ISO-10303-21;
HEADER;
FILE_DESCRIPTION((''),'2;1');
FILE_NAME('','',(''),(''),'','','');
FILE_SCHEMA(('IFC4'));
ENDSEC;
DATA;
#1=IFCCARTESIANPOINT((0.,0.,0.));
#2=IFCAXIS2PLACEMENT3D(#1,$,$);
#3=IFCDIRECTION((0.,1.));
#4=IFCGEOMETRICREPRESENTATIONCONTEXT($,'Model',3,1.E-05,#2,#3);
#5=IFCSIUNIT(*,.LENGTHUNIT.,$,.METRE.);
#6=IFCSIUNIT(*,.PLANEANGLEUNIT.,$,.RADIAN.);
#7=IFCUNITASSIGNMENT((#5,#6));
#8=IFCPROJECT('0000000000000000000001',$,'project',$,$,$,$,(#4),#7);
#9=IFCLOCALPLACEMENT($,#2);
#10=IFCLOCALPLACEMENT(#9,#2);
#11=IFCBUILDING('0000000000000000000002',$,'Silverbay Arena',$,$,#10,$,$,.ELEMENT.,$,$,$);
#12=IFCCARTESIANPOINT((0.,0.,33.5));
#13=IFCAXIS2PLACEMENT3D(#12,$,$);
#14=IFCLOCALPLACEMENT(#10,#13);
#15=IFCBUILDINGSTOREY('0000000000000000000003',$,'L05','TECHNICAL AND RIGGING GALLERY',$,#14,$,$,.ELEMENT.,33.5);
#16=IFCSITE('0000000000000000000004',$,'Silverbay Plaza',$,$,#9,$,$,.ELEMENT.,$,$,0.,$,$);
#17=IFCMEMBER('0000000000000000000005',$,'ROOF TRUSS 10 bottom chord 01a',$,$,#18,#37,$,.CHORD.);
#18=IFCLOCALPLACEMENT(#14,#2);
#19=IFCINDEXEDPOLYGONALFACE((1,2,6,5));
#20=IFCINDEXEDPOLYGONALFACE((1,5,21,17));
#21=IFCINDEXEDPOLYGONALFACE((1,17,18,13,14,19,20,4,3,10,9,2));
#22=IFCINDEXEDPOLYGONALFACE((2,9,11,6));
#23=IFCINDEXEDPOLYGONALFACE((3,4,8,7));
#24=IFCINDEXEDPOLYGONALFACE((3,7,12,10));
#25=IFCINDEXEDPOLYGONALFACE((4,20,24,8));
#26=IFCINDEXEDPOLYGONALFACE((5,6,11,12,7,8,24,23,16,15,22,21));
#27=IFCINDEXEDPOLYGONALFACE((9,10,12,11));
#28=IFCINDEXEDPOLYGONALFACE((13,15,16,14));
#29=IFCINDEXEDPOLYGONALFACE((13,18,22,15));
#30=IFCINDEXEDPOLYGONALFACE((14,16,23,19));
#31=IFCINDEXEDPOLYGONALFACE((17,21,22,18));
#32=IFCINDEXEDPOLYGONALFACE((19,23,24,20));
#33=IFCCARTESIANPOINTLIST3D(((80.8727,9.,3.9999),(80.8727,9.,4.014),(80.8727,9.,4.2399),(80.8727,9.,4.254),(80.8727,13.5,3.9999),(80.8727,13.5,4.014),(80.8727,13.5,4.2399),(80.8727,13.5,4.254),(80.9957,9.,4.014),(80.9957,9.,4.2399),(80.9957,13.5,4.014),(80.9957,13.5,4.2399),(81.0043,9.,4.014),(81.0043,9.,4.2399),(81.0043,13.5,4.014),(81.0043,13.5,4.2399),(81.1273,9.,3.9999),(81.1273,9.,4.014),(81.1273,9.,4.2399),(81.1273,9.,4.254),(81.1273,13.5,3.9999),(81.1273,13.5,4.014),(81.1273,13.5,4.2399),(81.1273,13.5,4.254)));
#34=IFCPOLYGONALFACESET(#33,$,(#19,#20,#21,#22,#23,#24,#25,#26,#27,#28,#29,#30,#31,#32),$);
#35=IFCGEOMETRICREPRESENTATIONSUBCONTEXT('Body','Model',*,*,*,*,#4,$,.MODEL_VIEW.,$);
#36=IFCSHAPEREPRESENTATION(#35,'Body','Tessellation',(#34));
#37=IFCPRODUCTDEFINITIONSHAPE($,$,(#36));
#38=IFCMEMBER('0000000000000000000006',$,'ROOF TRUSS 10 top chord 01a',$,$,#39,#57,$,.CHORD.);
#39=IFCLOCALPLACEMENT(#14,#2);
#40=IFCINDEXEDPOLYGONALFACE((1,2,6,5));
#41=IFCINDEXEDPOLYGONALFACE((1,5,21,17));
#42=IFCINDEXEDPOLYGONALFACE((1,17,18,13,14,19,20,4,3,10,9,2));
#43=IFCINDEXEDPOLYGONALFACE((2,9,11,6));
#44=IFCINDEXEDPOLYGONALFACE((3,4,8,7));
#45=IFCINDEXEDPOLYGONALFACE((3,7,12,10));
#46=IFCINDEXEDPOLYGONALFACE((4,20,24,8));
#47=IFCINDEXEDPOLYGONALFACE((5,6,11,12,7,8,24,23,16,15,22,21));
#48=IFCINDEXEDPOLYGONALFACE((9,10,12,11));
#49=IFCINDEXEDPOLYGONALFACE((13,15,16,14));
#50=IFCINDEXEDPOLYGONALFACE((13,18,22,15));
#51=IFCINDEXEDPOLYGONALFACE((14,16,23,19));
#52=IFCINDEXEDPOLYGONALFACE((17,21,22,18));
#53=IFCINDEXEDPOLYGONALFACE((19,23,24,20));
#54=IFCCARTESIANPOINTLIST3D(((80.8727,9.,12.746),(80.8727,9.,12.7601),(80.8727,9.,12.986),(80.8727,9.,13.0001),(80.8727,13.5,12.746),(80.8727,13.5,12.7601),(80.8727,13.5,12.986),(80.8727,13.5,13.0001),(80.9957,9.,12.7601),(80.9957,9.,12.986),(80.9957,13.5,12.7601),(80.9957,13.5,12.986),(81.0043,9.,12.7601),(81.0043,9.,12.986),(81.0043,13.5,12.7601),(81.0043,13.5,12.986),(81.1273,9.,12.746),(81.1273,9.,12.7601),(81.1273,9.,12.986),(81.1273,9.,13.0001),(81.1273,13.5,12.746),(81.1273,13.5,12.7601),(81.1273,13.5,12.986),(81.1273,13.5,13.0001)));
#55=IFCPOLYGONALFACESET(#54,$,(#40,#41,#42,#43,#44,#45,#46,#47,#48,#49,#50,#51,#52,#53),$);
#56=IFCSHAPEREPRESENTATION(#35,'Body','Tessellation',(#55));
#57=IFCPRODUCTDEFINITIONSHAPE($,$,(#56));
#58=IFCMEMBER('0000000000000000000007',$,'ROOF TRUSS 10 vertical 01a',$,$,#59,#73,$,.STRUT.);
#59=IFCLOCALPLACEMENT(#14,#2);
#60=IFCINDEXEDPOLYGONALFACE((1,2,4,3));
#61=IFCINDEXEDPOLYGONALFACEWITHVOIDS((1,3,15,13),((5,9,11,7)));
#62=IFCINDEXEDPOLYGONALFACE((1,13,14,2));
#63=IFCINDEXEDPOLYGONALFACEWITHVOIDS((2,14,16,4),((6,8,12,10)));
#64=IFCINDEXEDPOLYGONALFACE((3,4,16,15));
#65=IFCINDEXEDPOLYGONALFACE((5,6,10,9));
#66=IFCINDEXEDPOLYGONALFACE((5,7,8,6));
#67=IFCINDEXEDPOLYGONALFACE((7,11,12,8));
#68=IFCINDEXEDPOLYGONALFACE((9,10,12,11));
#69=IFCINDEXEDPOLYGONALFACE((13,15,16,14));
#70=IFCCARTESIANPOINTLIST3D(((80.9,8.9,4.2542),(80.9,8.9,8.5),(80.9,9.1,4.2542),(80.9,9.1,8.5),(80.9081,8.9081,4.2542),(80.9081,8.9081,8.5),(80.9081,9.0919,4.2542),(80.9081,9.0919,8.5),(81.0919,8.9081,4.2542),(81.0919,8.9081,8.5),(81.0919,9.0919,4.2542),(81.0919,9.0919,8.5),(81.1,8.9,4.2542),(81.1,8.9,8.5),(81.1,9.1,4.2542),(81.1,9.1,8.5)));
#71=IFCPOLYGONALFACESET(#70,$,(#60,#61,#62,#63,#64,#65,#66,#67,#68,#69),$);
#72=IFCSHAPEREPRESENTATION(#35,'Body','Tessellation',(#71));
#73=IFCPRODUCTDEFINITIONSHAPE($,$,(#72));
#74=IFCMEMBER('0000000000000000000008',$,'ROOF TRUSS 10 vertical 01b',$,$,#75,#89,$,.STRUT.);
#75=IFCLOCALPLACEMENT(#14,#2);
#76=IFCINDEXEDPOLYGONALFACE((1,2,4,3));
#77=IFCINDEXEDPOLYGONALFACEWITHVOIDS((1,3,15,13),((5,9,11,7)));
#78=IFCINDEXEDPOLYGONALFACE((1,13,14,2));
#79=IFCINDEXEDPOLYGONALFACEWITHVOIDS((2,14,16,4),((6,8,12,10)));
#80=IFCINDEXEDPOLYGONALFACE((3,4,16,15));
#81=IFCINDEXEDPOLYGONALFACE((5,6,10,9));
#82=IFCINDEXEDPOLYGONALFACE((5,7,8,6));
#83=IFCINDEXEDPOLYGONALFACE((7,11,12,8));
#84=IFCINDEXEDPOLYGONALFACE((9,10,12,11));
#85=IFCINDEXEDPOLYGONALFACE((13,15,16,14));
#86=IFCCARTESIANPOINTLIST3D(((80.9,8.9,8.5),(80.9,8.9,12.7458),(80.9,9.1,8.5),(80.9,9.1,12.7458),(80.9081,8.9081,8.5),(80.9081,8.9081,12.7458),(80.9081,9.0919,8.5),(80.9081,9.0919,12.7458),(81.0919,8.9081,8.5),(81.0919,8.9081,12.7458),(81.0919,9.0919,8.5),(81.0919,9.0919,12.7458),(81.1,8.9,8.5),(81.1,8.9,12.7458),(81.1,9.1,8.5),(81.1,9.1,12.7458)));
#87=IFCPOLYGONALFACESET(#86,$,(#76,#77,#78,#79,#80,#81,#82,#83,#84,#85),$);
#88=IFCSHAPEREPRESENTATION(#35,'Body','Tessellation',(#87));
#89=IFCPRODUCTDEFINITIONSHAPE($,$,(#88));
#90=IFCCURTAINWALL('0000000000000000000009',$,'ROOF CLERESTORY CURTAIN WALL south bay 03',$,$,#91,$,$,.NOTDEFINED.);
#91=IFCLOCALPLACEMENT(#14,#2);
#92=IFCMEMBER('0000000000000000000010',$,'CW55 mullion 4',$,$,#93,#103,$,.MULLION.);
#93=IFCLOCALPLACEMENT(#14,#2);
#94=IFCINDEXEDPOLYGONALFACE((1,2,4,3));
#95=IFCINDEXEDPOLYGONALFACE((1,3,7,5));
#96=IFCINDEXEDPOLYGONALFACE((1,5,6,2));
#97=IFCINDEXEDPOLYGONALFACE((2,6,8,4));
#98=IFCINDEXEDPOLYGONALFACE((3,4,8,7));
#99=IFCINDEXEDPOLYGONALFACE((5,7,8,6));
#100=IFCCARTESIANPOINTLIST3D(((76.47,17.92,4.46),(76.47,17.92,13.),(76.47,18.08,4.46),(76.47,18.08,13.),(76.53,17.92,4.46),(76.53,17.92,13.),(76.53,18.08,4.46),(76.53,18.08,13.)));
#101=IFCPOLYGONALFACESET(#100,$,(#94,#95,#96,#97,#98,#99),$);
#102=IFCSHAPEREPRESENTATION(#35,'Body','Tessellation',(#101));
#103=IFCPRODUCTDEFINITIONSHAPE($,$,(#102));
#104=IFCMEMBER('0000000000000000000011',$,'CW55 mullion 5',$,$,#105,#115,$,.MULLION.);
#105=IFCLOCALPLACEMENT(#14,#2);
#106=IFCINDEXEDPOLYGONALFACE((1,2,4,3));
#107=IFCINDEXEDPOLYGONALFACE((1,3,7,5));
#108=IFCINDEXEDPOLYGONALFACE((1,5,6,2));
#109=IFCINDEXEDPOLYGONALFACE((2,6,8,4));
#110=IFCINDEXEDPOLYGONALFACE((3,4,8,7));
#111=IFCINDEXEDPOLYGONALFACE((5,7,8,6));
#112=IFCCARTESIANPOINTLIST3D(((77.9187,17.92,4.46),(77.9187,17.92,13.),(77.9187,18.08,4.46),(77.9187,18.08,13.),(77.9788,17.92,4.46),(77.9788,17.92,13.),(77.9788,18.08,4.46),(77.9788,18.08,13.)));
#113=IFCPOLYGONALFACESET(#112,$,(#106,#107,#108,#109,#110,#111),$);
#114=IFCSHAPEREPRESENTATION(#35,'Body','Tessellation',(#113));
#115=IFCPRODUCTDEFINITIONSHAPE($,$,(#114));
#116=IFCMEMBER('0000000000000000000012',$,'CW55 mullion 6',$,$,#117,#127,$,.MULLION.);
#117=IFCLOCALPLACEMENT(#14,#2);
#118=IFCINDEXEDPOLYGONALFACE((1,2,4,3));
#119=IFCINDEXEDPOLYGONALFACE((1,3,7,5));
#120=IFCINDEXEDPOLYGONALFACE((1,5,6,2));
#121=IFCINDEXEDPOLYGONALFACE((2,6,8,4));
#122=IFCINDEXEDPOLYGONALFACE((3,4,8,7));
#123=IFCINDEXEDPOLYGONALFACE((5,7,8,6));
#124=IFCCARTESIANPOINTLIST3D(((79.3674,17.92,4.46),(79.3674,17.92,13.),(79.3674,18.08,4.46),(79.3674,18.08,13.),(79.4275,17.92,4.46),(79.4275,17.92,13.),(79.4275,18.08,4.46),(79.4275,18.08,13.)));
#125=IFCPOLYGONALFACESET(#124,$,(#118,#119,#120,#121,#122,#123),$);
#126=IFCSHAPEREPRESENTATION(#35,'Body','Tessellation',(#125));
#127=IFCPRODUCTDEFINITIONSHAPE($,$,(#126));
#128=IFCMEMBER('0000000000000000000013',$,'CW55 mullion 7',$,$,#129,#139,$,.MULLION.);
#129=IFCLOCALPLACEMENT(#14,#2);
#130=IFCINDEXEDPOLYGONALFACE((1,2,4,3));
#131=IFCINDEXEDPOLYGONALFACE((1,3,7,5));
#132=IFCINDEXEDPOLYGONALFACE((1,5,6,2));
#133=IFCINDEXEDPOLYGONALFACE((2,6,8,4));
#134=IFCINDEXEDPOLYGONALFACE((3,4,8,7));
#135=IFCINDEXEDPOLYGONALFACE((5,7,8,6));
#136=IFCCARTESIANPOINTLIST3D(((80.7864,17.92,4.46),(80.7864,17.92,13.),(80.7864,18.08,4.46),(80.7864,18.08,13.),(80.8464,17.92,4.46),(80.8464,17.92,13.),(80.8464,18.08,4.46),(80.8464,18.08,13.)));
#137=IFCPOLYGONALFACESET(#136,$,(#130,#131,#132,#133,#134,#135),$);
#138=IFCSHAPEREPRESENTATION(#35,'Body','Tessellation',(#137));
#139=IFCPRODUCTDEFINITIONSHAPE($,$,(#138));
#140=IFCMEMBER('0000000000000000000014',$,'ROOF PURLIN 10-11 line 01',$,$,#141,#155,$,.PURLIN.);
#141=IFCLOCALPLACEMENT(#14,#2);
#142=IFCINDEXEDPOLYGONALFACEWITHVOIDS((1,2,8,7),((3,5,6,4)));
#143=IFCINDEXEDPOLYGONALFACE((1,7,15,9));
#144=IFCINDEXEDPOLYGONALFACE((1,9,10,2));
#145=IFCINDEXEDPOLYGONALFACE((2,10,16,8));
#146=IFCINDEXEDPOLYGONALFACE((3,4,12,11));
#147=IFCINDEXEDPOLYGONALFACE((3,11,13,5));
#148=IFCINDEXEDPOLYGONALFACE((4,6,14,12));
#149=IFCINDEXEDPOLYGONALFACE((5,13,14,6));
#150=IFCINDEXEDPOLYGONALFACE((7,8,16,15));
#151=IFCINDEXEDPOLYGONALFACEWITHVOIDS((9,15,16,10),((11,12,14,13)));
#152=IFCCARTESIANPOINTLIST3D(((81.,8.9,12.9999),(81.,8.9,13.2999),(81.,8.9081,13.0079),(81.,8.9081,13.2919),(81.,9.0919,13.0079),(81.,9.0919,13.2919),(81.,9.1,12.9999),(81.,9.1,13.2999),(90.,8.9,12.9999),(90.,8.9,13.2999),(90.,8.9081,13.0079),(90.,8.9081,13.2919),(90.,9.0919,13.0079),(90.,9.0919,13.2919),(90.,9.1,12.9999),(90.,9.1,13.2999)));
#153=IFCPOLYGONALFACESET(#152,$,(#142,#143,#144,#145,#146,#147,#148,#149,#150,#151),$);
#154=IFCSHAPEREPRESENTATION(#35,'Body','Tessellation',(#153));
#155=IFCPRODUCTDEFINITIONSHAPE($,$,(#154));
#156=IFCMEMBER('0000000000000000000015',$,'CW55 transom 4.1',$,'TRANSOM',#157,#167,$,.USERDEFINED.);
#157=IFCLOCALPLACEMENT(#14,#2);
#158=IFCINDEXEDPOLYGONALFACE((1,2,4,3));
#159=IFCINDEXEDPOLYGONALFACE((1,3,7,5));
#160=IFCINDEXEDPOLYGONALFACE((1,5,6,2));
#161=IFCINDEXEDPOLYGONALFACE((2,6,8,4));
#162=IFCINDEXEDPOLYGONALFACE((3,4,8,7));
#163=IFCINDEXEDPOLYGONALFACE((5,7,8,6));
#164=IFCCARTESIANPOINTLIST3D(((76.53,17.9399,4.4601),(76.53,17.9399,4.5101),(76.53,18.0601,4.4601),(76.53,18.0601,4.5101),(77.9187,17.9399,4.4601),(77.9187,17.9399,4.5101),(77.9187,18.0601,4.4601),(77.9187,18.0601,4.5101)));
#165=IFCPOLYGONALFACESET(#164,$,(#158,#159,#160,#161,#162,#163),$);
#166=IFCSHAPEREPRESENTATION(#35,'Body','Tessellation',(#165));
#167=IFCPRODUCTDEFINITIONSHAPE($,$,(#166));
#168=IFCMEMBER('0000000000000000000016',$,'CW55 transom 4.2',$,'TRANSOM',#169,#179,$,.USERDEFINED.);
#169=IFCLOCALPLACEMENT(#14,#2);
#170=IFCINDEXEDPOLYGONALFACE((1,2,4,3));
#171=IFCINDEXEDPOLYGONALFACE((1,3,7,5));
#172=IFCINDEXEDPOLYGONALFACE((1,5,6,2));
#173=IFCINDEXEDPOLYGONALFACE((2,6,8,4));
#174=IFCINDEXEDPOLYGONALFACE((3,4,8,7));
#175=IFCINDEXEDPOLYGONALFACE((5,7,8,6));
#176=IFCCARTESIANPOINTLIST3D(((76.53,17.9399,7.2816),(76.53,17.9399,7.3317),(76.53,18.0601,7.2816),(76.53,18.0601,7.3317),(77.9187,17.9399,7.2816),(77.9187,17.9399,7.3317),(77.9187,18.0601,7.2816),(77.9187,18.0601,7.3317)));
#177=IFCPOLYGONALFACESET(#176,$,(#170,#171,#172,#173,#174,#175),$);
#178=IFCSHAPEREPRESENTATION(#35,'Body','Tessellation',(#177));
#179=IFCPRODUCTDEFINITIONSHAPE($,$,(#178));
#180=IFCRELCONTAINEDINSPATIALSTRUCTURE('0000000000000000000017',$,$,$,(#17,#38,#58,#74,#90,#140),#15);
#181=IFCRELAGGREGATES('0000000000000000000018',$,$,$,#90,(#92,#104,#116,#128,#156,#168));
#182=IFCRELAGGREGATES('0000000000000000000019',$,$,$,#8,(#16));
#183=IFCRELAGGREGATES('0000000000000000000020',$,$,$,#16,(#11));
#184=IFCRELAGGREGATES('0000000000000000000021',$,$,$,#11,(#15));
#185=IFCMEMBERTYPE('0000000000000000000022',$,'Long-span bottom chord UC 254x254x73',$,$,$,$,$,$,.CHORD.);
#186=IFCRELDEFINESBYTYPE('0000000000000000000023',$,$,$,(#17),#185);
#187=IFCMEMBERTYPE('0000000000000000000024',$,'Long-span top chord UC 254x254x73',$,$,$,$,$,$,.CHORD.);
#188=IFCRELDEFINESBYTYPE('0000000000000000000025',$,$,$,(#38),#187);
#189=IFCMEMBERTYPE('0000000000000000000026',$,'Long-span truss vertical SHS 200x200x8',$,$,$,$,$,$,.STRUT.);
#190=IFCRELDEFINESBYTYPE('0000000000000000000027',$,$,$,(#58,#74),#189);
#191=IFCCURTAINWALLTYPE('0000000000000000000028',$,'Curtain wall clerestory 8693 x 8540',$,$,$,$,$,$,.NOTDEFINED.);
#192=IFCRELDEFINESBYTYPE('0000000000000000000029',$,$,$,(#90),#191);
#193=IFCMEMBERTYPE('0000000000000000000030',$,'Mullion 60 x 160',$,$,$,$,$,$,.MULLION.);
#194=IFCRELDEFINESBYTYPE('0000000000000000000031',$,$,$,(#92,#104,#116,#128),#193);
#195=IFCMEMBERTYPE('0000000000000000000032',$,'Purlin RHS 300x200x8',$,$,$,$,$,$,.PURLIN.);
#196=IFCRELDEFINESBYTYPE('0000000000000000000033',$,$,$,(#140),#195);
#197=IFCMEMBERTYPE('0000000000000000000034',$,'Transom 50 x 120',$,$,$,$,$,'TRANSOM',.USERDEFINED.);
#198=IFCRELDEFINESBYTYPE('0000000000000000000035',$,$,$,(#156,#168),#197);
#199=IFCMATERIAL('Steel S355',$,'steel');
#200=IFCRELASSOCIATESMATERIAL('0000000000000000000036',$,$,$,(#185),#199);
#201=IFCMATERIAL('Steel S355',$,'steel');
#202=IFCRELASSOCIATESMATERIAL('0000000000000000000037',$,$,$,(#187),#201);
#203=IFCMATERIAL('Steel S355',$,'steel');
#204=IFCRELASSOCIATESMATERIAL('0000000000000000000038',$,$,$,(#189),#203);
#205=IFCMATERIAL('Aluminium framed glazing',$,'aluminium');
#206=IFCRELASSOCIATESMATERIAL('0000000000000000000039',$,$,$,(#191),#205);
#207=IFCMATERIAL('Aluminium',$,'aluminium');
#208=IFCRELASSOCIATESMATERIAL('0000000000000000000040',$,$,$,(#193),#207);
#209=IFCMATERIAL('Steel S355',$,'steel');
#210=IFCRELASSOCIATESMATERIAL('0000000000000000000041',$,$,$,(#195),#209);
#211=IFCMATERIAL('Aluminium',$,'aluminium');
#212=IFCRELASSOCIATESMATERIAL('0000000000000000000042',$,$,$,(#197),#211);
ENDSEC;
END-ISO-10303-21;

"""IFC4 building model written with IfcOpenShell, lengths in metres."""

from ifc_helpers import new_model, si_unit, direction, frame, origin, origin_2d, place, context, subcontext, project, spatial, rectangle, hollow_rectangle, i_section, extrude, material, material_profile, profile_set, type_object, element, aggregate, save


model = new_model("IFC4")

# Units and contexts
model_context = context("Model", 3, precision=1e-05, world=origin(), true_north=direction((0.0, 1.0)))
body_context = subcontext(model_context, "Body", "Model", "MODEL_VIEW")
ifc_project = project(units=[si_unit("LENGTHUNIT", "METRE"), si_unit("PLANEANGLEUNIT", "RADIAN")], contexts=[model_context])

# Site, building, storey
site_placement = place(None, origin())
site = spatial("IfcSite", under=ifc_project, at=site_placement, Name="Silverbay Plaza", CompositionType="ELEMENT", RefElevation=0.0)
building_placement = place(site_placement, origin())
building = spatial("IfcBuilding", under=site, at=building_placement, Name="Silverbay Arena", CompositionType="ELEMENT")
storey_placement = place(building_placement, frame((0.0, 0.0, 33.5)))
storey = spatial("IfcBuildingStorey", under=building, at=storey_placement, Name="L05", Description="TECHNICAL AND RIGGING GALLERY", CompositionType="ELEMENT", Elevation=33.5)

# Members
ifc_material_1 = material(Name="Steel S355", Category="steel")
ifc_material_profile_1 = material_profile(ifc_material_1, i_section(OverallWidth=0.2546, OverallDepth=0.2542, WebThickness=0.0085, FlangeThickness=0.0142, at=origin_2d()), Name="UC 254x254x73")
ifc_profile_set_1 = profile_set([ifc_material_profile_1], Name="Steel S355")
member_type_1 = type_object("IfcMemberType", Name="Long-span bottom chord UC 254x254x73", PredefinedType="CHORD", material=ifc_profile_set_1)
member_1_placement = place(storey_placement, frame((81.0, 9.0, 4.127), z_axis=(0.0, 1.0, 0.0), x_axis=(-1.0, 0.0, 0.0)))
element("IfcMember", 1, at=member_1_placement, inside=storey, type_object=member_type_1, Name="ROOF TRUSS 10 bottom chord 01a", PredefinedType="CHORD", context=body_context, shape_type="SweptSolid", body=[
    extrude(i_section(OverallWidth=0.2546, OverallDepth=0.2542, WebThickness=0.0085, FlangeThickness=0.0142, at=origin_2d()), origin(), (0.0, 0.0, 1.0), 4.5),
])
ifc_material_2 = material(Name="Steel S355", Category="steel")
ifc_material_profile_2 = material_profile(ifc_material_2, i_section(OverallWidth=0.2546, OverallDepth=0.2542, WebThickness=0.0085, FlangeThickness=0.0142, at=origin_2d()), Name="UC 254x254x73")
ifc_profile_set_2 = profile_set([ifc_material_profile_2], Name="Steel S355")
member_type_2 = type_object("IfcMemberType", Name="Long-span top chord UC 254x254x73", PredefinedType="CHORD", material=ifc_profile_set_2)
member_2_placement = place(storey_placement, frame((81.0, 9.0, 12.873), z_axis=(0.0, 1.0, 0.0), x_axis=(-1.0, 0.0, 0.0)))
element("IfcMember", 2, at=member_2_placement, inside=storey, type_object=member_type_2, Name="ROOF TRUSS 10 top chord 01a", PredefinedType="CHORD", context=body_context, shape_type="SweptSolid", body=[
    extrude(i_section(OverallWidth=0.2546, OverallDepth=0.2542, WebThickness=0.0085, FlangeThickness=0.0142, at=origin_2d()), origin(), (0.0, 0.0, 1.0), 4.5),
])
ifc_material_3 = material(Name="Steel S355", Category="steel")
ifc_material_profile_3 = material_profile(ifc_material_3, hollow_rectangle(XDim=0.2, YDim=0.2, WallThickness=0.0081, at=origin_2d()), Name="SHS 200x200x8")
ifc_profile_set_3 = profile_set([ifc_material_profile_3], Name="Steel S355")
member_type_3 = type_object("IfcMemberType", Name="Long-span truss vertical SHS 200x200x8", PredefinedType="STRUT", material=ifc_profile_set_3)
for number, where, z_axis, x_axis, name in (
    (3, (81.0, 9.0, 4.2542), (0.0, 0.0, 1.0), (1.0, 0.0, 0.0), "ROOF TRUSS 10 vertical 01a"),
    (4, (81.0, 9.0, 8.5), (0.0, 0.0, 1.0), (1.0, 0.0, 0.0), "ROOF TRUSS 10 vertical 01b"),
):
    element("IfcMember", number, at=place(storey_placement, frame(where, z_axis=z_axis, x_axis=x_axis)), inside=storey, type_object=member_type_3, Name=name, PredefinedType="STRUT", context=body_context, shape_type="SweptSolid", body=[
        extrude(hollow_rectangle(XDim=0.2, YDim=0.2, WallThickness=0.0081, at=origin_2d()), origin(), (0.0, 0.0, 1.0), 4.2458),
    ])

# Curtain wall, members
ifc_material_4 = material(Name="Aluminium framed glazing", Category="aluminium")
curtain_wall_type = type_object("IfcCurtainWallType", Name="Curtain wall clerestory 8693 x 8540", PredefinedType="NOTDEFINED", material=ifc_material_4)
curtain_wall_placement = place(storey_placement, origin())
curtain_wall = element("IfcCurtainWall", 5, at=curtain_wall_placement, inside=storey, type_object=curtain_wall_type, Name="ROOF CLERESTORY CURTAIN WALL south bay 03", PredefinedType="NOTDEFINED")
ifc_material_5 = material(Name="Aluminium", Category="aluminium")
ifc_material_profile_4 = material_profile(ifc_material_5, rectangle(XDim=0.1599, YDim=0.0601, at=origin_2d()), Name="Mullion 60 x 160")
ifc_profile_set_4 = profile_set([ifc_material_profile_4], Name="Aluminium")
member_type_4 = type_object("IfcMemberType", Name="Mullion 60 x 160", PredefinedType="MULLION", material=ifc_profile_set_4)
member_3_placement = place(storey_placement, frame((76.5, 18.0, 4.46), z_axis=(0.0, 0.0, 1.0), x_axis=(0.0, 1.0, 0.0)))
member_3 = element("IfcMember", 6, at=member_3_placement, type_object=member_type_4, Name="CW55 mullion 4", PredefinedType="MULLION", context=body_context, shape_type="SweptSolid", body=[
    extrude(rectangle(XDim=0.1599, YDim=0.0601, at=origin_2d()), origin(), (0.0, 0.0, 1.0), 8.54),
])
member_4_placement = place(storey_placement, frame((77.9487, 18.0, 4.46), z_axis=(0.0, 0.0, 1.0), x_axis=(0.0, 1.0, 0.0)))
member_4 = element("IfcMember", 7, at=member_4_placement, type_object=member_type_4, Name="CW55 mullion 5", PredefinedType="MULLION", context=body_context, shape_type="SweptSolid", body=[
    extrude(rectangle(XDim=0.1599, YDim=0.0601, at=origin_2d()), origin(), (0.0, 0.0, 1.0), 8.54),
])
member_5_placement = place(storey_placement, frame((79.3975, 18.0, 4.46), z_axis=(0.0, 0.0, 1.0), x_axis=(0.0, 1.0, 0.0)))
member_5 = element("IfcMember", 8, at=member_5_placement, type_object=member_type_4, Name="CW55 mullion 6", PredefinedType="MULLION", context=body_context, shape_type="SweptSolid", body=[
    extrude(rectangle(XDim=0.1599, YDim=0.0601, at=origin_2d()), origin(), (0.0, 0.0, 1.0), 8.54),
])
member_6_placement = place(storey_placement, frame((80.8164, 18.0, 4.46), z_axis=(0.0, 0.0, 1.0), x_axis=(0.0, 1.0, 0.0)))
member_6 = element("IfcMember", 9, at=member_6_placement, type_object=member_type_4, Name="CW55 mullion 7", PredefinedType="MULLION", context=body_context, shape_type="SweptSolid", body=[
    extrude(rectangle(XDim=0.1599, YDim=0.0601, at=origin_2d()), origin(), (0.0, 0.0, 1.0), 8.54),
])

# Members
ifc_material_6 = material(Name="Steel S355", Category="steel")
ifc_material_profile_5 = material_profile(ifc_material_6, hollow_rectangle(XDim=0.2, YDim=0.3, WallThickness=0.0081, at=origin_2d()), Name="RHS 300x200x8")
ifc_profile_set_5 = profile_set([ifc_material_profile_5], Name="Steel S355")
member_type_5 = type_object("IfcMemberType", Name="Purlin RHS 300x200x8", PredefinedType="PURLIN", material=ifc_profile_set_5)
member_7_placement = place(storey_placement, frame((81.0, 9.0, 13.1499), z_axis=(1.0, 0.0, 0.0), x_axis=(0.0, 1.0, 0.0)))
element("IfcMember", 10, at=member_7_placement, inside=storey, type_object=member_type_5, Name="ROOF PURLIN 10-11 line 01", PredefinedType="PURLIN", context=body_context, shape_type="SweptSolid", body=[
    extrude(hollow_rectangle(XDim=0.2, YDim=0.3, WallThickness=0.0081, at=origin_2d()), origin(), (0.0, 0.0, 1.0), 9.0),
])
ifc_material_7 = material(Name="Aluminium", Category="aluminium")
ifc_material_profile_6 = material_profile(ifc_material_7, rectangle(XDim=0.1201, YDim=0.05, at=origin_2d()), Name="Transom 50 x 120")
ifc_profile_set_6 = profile_set([ifc_material_profile_6], Name="Aluminium")
member_type_6 = type_object("IfcMemberType", Name="Transom 50 x 120", ElementType="TRANSOM", PredefinedType="USERDEFINED", material=ifc_profile_set_6)
member_8_placement = place(storey_placement, frame((76.53, 18.0, 4.4851), z_axis=(1.0, 0.0, 0.0), x_axis=(0.0, 1.0, 0.0)))
member_8 = element("IfcMember", 11, at=member_8_placement, type_object=member_type_6, Name="CW55 transom 4.1", ObjectType="TRANSOM", PredefinedType="USERDEFINED", context=body_context, shape_type="SweptSolid", body=[
    extrude(rectangle(XDim=0.1201, YDim=0.05, at=origin_2d()), origin(), (0.0, 0.0, 1.0), 1.3887),
])
member_9_placement = place(storey_placement, frame((76.53, 18.0, 7.3066), z_axis=(1.0, 0.0, 0.0), x_axis=(0.0, 1.0, 0.0)))
member_9 = element("IfcMember", 12, at=member_9_placement, type_object=member_type_6, Name="CW55 transom 4.2", ObjectType="TRANSOM", PredefinedType="USERDEFINED", context=body_context, shape_type="SweptSolid", body=[
    extrude(rectangle(XDim=0.1201, YDim=0.05, at=origin_2d()), origin(), (0.0, 0.0, 1.0), 1.3887),
])

aggregate(curtain_wall, [member_3, member_4, member_5, member_6, member_8, member_9])

save(model, "model.ifc")
